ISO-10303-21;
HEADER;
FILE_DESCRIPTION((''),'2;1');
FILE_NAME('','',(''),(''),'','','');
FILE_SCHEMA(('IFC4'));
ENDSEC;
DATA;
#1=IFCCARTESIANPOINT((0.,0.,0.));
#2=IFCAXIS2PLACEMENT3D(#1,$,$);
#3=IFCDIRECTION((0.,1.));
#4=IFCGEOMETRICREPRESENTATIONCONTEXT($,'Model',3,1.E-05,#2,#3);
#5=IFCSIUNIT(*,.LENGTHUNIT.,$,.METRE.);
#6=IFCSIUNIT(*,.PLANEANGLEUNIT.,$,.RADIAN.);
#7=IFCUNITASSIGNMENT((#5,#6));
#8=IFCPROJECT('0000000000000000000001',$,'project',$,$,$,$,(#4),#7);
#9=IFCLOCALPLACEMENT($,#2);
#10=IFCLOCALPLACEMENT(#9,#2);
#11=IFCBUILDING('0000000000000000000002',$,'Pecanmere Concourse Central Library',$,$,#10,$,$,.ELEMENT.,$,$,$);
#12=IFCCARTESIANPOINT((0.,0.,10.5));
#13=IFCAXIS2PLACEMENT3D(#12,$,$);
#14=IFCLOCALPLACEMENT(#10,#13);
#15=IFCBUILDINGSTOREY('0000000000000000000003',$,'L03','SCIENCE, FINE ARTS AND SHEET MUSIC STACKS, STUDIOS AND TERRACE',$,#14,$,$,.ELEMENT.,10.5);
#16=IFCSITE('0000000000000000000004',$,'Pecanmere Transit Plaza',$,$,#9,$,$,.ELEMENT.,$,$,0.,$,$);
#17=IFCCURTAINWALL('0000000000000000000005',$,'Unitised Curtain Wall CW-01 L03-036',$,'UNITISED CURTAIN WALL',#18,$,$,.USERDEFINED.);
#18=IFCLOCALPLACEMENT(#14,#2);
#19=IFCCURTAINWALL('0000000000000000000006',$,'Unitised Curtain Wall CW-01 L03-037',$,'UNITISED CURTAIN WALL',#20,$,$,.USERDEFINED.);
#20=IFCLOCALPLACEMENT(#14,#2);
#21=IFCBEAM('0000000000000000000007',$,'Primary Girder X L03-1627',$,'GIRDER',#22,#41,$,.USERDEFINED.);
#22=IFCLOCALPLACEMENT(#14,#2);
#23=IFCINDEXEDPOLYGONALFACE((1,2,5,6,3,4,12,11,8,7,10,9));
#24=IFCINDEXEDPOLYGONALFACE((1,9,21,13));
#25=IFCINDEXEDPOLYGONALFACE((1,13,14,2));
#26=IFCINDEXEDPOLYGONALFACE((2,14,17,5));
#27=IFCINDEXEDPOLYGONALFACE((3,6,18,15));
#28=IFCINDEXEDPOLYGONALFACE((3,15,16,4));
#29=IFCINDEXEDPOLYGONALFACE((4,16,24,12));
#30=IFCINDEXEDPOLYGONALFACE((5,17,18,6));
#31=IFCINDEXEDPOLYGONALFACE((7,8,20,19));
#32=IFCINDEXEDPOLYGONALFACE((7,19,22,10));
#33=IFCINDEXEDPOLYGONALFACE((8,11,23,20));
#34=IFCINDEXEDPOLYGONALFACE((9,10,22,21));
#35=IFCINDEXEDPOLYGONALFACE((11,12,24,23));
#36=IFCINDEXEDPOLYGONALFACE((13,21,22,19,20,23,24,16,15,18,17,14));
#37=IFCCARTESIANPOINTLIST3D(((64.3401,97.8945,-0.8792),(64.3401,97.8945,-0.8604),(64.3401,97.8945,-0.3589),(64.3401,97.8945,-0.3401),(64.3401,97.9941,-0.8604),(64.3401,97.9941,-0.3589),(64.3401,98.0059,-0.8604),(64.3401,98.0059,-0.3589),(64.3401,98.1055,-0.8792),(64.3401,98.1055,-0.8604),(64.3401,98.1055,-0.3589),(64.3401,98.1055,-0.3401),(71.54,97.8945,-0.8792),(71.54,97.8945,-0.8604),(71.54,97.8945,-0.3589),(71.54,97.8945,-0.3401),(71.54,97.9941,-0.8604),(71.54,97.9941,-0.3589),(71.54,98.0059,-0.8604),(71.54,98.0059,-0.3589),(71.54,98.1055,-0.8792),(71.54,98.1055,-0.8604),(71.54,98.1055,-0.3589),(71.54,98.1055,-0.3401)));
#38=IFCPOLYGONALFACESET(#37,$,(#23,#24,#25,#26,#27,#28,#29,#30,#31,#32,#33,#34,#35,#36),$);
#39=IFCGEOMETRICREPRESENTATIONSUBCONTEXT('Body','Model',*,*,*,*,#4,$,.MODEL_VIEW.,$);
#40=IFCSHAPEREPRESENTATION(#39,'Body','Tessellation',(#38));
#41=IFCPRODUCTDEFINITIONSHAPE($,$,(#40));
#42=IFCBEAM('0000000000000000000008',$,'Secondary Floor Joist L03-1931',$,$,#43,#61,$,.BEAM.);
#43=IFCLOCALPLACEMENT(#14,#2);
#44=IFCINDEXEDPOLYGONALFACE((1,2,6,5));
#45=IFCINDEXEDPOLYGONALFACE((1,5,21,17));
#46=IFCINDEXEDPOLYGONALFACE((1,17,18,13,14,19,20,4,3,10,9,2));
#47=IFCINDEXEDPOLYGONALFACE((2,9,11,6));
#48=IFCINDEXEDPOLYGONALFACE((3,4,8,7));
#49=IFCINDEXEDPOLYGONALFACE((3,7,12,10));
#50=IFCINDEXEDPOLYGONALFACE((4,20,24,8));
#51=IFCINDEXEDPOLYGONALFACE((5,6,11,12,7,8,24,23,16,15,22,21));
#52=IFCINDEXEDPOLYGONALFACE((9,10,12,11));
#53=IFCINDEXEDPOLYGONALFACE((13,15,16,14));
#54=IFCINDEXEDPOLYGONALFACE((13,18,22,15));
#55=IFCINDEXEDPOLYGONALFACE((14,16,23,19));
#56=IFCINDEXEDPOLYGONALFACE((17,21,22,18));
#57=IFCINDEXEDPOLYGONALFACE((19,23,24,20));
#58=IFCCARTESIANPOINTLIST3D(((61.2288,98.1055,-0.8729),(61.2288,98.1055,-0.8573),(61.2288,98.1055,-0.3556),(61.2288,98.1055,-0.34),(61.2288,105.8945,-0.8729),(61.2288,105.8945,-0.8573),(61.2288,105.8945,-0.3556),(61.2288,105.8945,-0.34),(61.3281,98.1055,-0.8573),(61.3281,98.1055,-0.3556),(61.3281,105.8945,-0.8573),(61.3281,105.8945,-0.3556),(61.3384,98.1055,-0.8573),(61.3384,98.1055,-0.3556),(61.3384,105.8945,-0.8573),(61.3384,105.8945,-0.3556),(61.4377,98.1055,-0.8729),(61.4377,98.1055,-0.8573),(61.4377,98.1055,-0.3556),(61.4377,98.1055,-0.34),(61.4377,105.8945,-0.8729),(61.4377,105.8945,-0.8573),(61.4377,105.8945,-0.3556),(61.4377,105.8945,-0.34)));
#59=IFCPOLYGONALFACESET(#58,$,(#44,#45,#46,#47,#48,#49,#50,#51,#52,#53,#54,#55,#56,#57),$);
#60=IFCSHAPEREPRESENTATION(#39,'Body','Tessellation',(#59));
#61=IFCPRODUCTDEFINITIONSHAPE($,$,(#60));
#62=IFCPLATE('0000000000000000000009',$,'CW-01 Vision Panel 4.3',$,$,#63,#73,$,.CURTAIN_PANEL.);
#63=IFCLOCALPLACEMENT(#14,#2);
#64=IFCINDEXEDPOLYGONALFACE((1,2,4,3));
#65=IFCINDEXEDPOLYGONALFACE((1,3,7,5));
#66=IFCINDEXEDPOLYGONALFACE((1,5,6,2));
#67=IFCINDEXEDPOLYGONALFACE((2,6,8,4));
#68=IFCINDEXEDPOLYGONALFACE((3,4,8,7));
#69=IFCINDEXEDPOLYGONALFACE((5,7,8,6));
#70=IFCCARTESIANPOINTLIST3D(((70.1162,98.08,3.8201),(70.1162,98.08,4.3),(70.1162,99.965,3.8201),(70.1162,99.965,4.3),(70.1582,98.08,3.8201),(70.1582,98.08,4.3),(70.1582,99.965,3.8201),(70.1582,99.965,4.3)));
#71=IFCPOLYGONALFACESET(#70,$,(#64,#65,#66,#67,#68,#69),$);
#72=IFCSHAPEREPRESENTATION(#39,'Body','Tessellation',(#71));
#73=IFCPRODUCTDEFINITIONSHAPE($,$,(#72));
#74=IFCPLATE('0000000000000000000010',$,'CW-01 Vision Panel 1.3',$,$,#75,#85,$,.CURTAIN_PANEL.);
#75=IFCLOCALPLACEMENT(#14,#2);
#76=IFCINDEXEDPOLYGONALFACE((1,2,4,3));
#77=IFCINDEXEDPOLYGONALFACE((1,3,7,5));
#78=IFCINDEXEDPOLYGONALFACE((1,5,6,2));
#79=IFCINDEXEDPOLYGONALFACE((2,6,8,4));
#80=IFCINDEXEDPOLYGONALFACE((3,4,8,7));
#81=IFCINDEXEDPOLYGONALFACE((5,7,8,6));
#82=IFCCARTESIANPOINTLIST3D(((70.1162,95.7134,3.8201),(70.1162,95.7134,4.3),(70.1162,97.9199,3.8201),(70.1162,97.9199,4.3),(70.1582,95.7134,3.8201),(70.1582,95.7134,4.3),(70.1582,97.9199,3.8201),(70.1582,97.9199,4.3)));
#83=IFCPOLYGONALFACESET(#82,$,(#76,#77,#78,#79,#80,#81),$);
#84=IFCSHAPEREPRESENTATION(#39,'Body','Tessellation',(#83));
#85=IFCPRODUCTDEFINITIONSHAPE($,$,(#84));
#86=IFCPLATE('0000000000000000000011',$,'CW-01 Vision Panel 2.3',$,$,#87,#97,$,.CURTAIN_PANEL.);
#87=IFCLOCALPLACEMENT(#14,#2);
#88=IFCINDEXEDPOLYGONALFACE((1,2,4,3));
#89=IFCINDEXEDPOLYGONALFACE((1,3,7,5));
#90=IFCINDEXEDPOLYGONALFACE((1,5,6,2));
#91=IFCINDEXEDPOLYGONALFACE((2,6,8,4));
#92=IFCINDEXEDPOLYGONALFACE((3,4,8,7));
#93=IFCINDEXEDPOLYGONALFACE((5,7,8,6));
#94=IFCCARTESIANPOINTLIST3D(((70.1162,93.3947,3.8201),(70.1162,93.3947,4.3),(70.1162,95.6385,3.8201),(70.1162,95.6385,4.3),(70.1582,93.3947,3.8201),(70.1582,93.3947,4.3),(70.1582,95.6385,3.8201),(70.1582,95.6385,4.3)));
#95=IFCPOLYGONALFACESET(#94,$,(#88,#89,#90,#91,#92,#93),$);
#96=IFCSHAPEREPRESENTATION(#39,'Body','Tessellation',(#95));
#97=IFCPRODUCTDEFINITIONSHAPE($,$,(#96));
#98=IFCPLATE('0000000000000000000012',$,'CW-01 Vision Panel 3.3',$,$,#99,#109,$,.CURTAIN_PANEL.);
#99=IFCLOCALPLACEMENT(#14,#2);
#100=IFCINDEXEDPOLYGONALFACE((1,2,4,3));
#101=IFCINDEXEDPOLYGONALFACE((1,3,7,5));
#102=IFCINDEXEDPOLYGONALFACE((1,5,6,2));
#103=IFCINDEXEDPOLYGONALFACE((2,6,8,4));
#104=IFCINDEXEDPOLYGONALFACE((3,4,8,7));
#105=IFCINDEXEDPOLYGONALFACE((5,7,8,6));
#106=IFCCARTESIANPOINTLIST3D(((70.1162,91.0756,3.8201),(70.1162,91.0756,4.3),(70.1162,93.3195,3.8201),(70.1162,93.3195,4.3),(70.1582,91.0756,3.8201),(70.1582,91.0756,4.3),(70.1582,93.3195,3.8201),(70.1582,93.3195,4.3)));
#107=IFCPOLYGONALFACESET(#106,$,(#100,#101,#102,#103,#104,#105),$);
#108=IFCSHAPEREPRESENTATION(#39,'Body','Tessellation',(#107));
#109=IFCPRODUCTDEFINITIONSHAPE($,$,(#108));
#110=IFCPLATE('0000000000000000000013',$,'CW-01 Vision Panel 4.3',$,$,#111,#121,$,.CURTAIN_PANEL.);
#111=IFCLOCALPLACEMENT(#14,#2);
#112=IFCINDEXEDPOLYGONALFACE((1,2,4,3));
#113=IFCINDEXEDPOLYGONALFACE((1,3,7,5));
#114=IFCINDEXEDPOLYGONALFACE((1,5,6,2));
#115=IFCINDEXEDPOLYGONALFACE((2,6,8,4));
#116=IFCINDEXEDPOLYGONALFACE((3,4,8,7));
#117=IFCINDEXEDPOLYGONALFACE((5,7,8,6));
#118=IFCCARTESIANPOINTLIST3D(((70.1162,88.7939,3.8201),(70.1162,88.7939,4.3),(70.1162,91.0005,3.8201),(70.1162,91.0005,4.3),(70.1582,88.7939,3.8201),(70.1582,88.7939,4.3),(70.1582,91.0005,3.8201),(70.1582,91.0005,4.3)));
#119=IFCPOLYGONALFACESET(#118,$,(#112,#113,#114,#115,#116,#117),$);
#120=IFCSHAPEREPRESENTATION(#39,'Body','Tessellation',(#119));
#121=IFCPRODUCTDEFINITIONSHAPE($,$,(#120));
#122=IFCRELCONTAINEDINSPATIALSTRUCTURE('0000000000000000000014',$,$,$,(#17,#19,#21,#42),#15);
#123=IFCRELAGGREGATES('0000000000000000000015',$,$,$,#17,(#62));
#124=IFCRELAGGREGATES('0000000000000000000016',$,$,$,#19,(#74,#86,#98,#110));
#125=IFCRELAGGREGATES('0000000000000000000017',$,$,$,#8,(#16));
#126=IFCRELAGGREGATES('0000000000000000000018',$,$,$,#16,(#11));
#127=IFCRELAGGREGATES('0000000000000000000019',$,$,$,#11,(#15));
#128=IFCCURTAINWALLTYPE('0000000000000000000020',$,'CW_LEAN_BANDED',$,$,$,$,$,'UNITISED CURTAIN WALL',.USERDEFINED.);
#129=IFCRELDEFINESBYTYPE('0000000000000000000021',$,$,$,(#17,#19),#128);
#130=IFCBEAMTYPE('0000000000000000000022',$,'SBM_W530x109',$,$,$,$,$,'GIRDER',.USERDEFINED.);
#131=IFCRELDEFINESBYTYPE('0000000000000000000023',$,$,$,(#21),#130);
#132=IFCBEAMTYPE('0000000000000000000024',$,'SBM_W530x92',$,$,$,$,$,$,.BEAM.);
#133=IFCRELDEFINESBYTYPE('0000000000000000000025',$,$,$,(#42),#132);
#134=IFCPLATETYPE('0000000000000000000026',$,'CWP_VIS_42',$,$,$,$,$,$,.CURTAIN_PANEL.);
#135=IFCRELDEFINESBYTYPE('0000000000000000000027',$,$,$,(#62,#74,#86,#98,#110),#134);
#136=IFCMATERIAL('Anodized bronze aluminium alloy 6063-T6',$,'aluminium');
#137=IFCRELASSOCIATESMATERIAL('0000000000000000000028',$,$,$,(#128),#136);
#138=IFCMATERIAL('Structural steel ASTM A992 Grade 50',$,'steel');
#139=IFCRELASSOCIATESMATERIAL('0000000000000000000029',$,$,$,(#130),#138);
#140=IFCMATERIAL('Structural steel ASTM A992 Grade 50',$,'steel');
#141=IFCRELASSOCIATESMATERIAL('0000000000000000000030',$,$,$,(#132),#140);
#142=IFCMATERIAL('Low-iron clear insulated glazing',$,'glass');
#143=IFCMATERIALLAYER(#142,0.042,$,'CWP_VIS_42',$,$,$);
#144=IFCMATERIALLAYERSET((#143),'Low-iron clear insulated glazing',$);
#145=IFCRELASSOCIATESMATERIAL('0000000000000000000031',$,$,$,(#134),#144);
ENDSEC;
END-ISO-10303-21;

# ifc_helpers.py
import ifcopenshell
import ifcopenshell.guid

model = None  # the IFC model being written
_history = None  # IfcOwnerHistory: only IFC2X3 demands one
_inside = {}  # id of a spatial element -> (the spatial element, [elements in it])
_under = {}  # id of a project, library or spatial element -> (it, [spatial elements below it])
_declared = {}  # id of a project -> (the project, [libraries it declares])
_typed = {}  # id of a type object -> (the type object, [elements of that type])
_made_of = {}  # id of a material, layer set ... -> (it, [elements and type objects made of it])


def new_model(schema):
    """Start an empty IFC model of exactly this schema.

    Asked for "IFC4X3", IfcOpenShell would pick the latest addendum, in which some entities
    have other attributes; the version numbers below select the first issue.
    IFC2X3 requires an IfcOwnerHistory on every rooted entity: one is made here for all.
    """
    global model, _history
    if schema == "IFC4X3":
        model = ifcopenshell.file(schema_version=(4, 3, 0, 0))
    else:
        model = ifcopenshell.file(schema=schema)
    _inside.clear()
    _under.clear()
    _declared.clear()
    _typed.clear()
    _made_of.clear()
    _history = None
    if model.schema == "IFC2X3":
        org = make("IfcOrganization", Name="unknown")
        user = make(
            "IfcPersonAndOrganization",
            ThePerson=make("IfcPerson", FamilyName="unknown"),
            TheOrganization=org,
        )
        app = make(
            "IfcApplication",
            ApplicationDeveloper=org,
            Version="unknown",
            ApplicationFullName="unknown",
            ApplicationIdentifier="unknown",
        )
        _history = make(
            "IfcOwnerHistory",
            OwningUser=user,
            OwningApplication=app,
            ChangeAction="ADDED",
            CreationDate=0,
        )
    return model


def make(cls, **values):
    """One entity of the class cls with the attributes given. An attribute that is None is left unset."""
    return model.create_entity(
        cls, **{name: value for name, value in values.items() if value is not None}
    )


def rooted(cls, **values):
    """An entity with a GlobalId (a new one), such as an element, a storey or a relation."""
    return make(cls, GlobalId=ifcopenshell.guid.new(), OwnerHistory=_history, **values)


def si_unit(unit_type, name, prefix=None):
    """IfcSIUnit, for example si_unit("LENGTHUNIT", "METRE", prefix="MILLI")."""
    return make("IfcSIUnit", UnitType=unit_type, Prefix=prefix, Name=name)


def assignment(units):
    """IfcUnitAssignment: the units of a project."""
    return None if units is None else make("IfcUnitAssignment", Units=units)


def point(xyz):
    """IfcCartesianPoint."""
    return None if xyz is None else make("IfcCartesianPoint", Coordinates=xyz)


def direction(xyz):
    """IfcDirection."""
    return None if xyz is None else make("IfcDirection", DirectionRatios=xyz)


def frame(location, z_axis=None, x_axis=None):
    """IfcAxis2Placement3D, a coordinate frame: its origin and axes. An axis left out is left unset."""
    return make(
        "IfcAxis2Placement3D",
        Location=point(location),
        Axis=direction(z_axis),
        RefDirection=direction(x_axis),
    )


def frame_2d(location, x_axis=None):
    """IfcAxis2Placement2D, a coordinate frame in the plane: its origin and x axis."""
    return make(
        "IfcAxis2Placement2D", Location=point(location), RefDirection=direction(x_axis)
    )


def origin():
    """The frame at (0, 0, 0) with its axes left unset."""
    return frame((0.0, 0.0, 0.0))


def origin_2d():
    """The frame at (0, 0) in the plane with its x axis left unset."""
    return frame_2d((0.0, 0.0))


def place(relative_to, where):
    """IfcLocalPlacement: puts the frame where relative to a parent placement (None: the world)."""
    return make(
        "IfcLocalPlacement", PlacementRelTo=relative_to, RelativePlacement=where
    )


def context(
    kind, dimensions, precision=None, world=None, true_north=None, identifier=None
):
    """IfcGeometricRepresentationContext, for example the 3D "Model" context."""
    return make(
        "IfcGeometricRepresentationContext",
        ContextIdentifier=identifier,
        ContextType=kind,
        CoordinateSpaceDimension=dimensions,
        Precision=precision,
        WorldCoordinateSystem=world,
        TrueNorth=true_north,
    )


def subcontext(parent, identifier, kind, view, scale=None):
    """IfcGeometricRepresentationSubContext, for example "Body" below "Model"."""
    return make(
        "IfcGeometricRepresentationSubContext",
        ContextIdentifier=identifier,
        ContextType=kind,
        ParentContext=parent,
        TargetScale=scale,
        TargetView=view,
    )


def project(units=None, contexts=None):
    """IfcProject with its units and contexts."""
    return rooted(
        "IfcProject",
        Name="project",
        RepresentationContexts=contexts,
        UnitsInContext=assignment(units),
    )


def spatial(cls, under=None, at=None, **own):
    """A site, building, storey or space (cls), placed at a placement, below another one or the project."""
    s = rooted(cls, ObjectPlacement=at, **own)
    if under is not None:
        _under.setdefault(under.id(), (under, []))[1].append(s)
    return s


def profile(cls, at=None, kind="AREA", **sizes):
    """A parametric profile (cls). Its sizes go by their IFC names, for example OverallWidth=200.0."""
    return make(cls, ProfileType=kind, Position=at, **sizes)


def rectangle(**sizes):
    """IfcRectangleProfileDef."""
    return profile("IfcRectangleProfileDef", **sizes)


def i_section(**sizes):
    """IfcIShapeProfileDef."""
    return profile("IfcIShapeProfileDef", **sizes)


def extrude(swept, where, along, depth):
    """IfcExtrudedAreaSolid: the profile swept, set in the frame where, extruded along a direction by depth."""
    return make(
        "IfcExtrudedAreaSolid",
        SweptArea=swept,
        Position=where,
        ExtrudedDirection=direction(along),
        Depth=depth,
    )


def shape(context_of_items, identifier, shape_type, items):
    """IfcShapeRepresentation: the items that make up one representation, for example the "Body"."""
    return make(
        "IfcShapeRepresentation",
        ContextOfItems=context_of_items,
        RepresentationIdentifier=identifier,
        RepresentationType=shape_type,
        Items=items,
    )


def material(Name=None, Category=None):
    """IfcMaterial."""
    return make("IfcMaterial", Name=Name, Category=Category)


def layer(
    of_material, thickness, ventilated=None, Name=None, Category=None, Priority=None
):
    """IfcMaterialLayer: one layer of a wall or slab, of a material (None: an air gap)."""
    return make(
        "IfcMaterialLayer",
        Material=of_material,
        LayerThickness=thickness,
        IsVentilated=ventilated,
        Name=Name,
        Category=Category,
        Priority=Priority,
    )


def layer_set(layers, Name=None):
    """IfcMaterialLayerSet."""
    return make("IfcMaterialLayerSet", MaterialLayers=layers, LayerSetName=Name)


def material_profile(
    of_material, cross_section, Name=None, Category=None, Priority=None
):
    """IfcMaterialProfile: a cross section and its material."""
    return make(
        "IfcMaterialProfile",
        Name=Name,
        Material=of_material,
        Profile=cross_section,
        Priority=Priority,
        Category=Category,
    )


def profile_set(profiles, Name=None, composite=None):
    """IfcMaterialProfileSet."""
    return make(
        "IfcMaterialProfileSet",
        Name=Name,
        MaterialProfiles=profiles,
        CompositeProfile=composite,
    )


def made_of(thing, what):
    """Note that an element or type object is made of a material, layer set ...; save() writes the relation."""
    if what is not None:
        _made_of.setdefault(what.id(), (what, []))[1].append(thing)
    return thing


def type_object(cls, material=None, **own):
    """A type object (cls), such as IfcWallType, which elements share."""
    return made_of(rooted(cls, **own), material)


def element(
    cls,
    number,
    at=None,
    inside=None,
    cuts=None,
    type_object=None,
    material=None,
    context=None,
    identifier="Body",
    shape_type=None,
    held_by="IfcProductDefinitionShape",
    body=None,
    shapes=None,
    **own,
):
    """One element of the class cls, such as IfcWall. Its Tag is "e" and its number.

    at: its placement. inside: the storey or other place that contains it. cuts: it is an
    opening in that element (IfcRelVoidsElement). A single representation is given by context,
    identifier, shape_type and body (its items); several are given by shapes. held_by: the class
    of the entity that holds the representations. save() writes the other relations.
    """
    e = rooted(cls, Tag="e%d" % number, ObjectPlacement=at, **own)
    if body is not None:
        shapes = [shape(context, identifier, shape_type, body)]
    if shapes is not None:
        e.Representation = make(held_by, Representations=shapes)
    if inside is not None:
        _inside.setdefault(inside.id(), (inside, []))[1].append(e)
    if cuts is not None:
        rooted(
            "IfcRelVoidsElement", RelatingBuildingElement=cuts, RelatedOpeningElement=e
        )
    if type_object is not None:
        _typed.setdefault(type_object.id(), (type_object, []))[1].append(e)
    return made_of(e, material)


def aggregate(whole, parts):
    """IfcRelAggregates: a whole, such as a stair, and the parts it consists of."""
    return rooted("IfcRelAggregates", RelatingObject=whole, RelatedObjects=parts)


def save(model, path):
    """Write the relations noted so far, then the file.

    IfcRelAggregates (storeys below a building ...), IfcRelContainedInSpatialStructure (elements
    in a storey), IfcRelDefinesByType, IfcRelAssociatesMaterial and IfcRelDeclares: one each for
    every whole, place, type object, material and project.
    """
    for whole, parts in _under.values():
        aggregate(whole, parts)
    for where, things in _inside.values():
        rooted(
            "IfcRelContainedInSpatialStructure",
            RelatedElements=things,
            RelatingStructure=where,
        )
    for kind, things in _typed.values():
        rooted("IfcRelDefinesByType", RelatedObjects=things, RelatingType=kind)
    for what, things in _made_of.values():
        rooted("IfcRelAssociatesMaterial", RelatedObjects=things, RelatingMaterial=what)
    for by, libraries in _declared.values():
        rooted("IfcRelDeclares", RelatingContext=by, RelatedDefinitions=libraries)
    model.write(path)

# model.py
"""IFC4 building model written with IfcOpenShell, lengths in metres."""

from ifc_helpers import new_model, si_unit, direction, frame, origin, origin_2d, place, context, subcontext, project, spatial, rectangle, i_section, extrude, material, layer, layer_set, material_profile, profile_set, type_object, element, aggregate, save


model = new_model("IFC4")

# Units and contexts
model_context = context("Model", 3, precision=1e-05, world=origin(), true_north=direction((0.0, 1.0)))
body_context = subcontext(model_context, "Body", "Model", "MODEL_VIEW")
ifc_project = project(units=[si_unit("LENGTHUNIT", "METRE"), si_unit("PLANEANGLEUNIT", "RADIAN")], contexts=[model_context])

# Site, building, storey
site_placement = place(None, origin())
site = spatial("IfcSite", under=ifc_project, at=site_placement, Name="Pecanmere Transit Plaza", CompositionType="ELEMENT", RefElevation=0.0)
building_placement = place(site_placement, origin())
building = spatial("IfcBuilding", under=site, at=building_placement, Name="Pecanmere Concourse Central Library", CompositionType="ELEMENT")
storey_placement = place(building_placement, frame((0.0, 0.0, 10.5)))
storey = spatial("IfcBuildingStorey", under=building, at=storey_placement, Name="L03", Description="SCIENCE, FINE ARTS AND SHEET MUSIC STACKS, STUDIOS AND TERRACE", CompositionType="ELEMENT", Elevation=10.5)

# Curtain walls
ifc_material_1 = material(Name="Anodized bronze aluminium alloy 6063-T6", Category="aluminium")
curtain_wall_type = type_object("IfcCurtainWallType", Name="CW_LEAN_BANDED", ElementType="UNITISED CURTAIN WALL", PredefinedType="USERDEFINED", material=ifc_material_1)
curtain_wall_1_placement = place(storey_placement, origin())
curtain_wall_1 = element("IfcCurtainWall", 1, at=curtain_wall_1_placement, inside=storey, type_object=curtain_wall_type, Name="Unitised Curtain Wall CW-01 L03-036", ObjectType="UNITISED CURTAIN WALL", PredefinedType="USERDEFINED")
curtain_wall_2_placement = place(storey_placement, origin())
curtain_wall_2 = element("IfcCurtainWall", 2, at=curtain_wall_2_placement, inside=storey, type_object=curtain_wall_type, Name="Unitised Curtain Wall CW-01 L03-037", ObjectType="UNITISED CURTAIN WALL", PredefinedType="USERDEFINED")

# Beams
ifc_material_2 = material(Name="Structural steel ASTM A992 Grade 50", Category="steel")
ifc_material_profile_1 = material_profile(ifc_material_2, i_section(OverallWidth=0.2109, OverallDepth=0.5391, WebThickness=0.0117, FlangeThickness=0.0188, at=origin_2d()), Name="W530x109")
ifc_profile_set_1 = profile_set([ifc_material_profile_1], Name="Structural steel ASTM A992 Grade 50")
beam_type_1 = type_object("IfcBeamType", Name="SBM_W530x109", ElementType="GIRDER", PredefinedType="USERDEFINED", material=ifc_profile_set_1)
beam_1_placement = place(storey_placement, frame((64.3401, 98.0, -0.6096), z_axis=(1.0, 0.0, 0.0), x_axis=(0.0, 1.0, 0.0)))
element("IfcBeam", 3, at=beam_1_placement, inside=storey, type_object=beam_type_1, Name="Primary Girder X L03-1627", ObjectType="GIRDER", PredefinedType="USERDEFINED", context=body_context, shape_type="SweptSolid", body=[
    extrude(i_section(OverallWidth=0.2109, OverallDepth=0.5391, WebThickness=0.0117, FlangeThickness=0.0188, at=origin_2d()), origin(), (0.0, 0.0, 1.0), 7.2),
])
ifc_material_3 = material(Name="Structural steel ASTM A992 Grade 50", Category="steel")
ifc_material_profile_2 = material_profile(ifc_material_3, i_section(OverallWidth=0.209, OverallDepth=0.533, WebThickness=0.0103, FlangeThickness=0.0156, at=origin_2d()), Name="W530x92")
ifc_profile_set_2 = profile_set([ifc_material_profile_2], Name="Structural steel ASTM A992 Grade 50")
beam_type_2 = type_object("IfcBeamType", Name="SBM_W530x92", PredefinedType="BEAM", material=ifc_profile_set_2)
beam_2_placement = place(storey_placement, frame((61.3333, 98.1055, -0.6064), z_axis=(0.0, 1.0, 0.0), x_axis=(-1.0, 0.0, 0.0)))
element("IfcBeam", 4, at=beam_2_placement, inside=storey, type_object=beam_type_2, Name="Secondary Floor Joist L03-1931", PredefinedType="BEAM", context=body_context, shape_type="SweptSolid", body=[
    extrude(i_section(OverallWidth=0.209, OverallDepth=0.533, WebThickness=0.0103, FlangeThickness=0.0156, at=origin_2d()), origin(), (0.0, 0.0, 1.0), 7.7891),
])

# Plates
ifc_material_4 = material(Name="Low-iron clear insulated glazing", Category="glass")
ifc_layer = layer(ifc_material_4, 0.042, Name="CWP_VIS_42")
ifc_layer_set = layer_set([ifc_layer], Name="Low-iron clear insulated glazing")
plate_type = type_object("IfcPlateType", Name="CWP_VIS_42", PredefinedType="CURTAIN_PANEL", material=ifc_layer_set)
plate_1_placement = place(storey_placement, frame((70.1372, 99.0225, 3.8201), z_axis=(0.0, 0.0, 1.0), x_axis=(0.0, -1.0, 0.0)))
plate_1 = element("IfcPlate", 5, at=plate_1_placement, type_object=plate_type, Name="CW-01 Vision Panel 4.3", PredefinedType="CURTAIN_PANEL", context=body_context, shape_type="SweptSolid", body=[
    extrude(rectangle(XDim=1.885, YDim=0.042, at=origin_2d()), origin(), (0.0, 0.0, 1.0), 0.48),
])
aggregate(curtain_wall_1, [plate_1])
plate_2_placement = place(storey_placement, frame((70.1372, 96.8167, 3.8201), z_axis=(0.0, 0.0, 1.0), x_axis=(0.0, -1.0, 0.0)))
plate_2 = element("IfcPlate", 6, at=plate_2_placement, type_object=plate_type, Name="CW-01 Vision Panel 1.3", PredefinedType="CURTAIN_PANEL", context=body_context, shape_type="SweptSolid", body=[
    extrude(rectangle(XDim=2.2065, YDim=0.042, at=origin_2d()), origin(), (0.0, 0.0, 1.0), 0.48),
])
plate_3_placement = place(storey_placement, frame((70.1372, 94.5166, 3.8201), z_axis=(0.0, 0.0, 1.0), x_axis=(0.0, -1.0, 0.0)))
plate_3 = element("IfcPlate", 7, at=plate_3_placement, type_object=plate_type, Name="CW-01 Vision Panel 2.3", PredefinedType="CURTAIN_PANEL", context=body_context, shape_type="SweptSolid", body=[
    extrude(rectangle(XDim=2.2439, YDim=0.042, at=origin_2d()), origin(), (0.0, 0.0, 1.0), 0.48),
])
plate_4_placement = place(storey_placement, frame((70.1372, 92.1975, 3.8201), z_axis=(0.0, 0.0, 1.0), x_axis=(0.0, -1.0, 0.0)))
plate_4 = element("IfcPlate", 8, at=plate_4_placement, type_object=plate_type, Name="CW-01 Vision Panel 3.3", PredefinedType="CURTAIN_PANEL", context=body_context, shape_type="SweptSolid", body=[
    extrude(rectangle(XDim=2.2439, YDim=0.042, at=origin_2d()), origin(), (0.0, 0.0, 1.0), 0.48),
])
plate_5_placement = place(storey_placement, frame((70.1372, 89.8972, 3.8201), z_axis=(0.0, 0.0, 1.0), x_axis=(0.0, -1.0, 0.0)))
plate_5 = element("IfcPlate", 9, at=plate_5_placement, type_object=plate_type, Name="CW-01 Vision Panel 4.3", PredefinedType="CURTAIN_PANEL", context=body_context, shape_type="SweptSolid", body=[
    extrude(rectangle(XDim=2.2065, YDim=0.042, at=origin_2d()), origin(), (0.0, 0.0, 1.0), 0.48),
])
aggregate(curtain_wall_2, [plate_2, plate_3, plate_4, plate_5])

save(model, "model.ifc")
